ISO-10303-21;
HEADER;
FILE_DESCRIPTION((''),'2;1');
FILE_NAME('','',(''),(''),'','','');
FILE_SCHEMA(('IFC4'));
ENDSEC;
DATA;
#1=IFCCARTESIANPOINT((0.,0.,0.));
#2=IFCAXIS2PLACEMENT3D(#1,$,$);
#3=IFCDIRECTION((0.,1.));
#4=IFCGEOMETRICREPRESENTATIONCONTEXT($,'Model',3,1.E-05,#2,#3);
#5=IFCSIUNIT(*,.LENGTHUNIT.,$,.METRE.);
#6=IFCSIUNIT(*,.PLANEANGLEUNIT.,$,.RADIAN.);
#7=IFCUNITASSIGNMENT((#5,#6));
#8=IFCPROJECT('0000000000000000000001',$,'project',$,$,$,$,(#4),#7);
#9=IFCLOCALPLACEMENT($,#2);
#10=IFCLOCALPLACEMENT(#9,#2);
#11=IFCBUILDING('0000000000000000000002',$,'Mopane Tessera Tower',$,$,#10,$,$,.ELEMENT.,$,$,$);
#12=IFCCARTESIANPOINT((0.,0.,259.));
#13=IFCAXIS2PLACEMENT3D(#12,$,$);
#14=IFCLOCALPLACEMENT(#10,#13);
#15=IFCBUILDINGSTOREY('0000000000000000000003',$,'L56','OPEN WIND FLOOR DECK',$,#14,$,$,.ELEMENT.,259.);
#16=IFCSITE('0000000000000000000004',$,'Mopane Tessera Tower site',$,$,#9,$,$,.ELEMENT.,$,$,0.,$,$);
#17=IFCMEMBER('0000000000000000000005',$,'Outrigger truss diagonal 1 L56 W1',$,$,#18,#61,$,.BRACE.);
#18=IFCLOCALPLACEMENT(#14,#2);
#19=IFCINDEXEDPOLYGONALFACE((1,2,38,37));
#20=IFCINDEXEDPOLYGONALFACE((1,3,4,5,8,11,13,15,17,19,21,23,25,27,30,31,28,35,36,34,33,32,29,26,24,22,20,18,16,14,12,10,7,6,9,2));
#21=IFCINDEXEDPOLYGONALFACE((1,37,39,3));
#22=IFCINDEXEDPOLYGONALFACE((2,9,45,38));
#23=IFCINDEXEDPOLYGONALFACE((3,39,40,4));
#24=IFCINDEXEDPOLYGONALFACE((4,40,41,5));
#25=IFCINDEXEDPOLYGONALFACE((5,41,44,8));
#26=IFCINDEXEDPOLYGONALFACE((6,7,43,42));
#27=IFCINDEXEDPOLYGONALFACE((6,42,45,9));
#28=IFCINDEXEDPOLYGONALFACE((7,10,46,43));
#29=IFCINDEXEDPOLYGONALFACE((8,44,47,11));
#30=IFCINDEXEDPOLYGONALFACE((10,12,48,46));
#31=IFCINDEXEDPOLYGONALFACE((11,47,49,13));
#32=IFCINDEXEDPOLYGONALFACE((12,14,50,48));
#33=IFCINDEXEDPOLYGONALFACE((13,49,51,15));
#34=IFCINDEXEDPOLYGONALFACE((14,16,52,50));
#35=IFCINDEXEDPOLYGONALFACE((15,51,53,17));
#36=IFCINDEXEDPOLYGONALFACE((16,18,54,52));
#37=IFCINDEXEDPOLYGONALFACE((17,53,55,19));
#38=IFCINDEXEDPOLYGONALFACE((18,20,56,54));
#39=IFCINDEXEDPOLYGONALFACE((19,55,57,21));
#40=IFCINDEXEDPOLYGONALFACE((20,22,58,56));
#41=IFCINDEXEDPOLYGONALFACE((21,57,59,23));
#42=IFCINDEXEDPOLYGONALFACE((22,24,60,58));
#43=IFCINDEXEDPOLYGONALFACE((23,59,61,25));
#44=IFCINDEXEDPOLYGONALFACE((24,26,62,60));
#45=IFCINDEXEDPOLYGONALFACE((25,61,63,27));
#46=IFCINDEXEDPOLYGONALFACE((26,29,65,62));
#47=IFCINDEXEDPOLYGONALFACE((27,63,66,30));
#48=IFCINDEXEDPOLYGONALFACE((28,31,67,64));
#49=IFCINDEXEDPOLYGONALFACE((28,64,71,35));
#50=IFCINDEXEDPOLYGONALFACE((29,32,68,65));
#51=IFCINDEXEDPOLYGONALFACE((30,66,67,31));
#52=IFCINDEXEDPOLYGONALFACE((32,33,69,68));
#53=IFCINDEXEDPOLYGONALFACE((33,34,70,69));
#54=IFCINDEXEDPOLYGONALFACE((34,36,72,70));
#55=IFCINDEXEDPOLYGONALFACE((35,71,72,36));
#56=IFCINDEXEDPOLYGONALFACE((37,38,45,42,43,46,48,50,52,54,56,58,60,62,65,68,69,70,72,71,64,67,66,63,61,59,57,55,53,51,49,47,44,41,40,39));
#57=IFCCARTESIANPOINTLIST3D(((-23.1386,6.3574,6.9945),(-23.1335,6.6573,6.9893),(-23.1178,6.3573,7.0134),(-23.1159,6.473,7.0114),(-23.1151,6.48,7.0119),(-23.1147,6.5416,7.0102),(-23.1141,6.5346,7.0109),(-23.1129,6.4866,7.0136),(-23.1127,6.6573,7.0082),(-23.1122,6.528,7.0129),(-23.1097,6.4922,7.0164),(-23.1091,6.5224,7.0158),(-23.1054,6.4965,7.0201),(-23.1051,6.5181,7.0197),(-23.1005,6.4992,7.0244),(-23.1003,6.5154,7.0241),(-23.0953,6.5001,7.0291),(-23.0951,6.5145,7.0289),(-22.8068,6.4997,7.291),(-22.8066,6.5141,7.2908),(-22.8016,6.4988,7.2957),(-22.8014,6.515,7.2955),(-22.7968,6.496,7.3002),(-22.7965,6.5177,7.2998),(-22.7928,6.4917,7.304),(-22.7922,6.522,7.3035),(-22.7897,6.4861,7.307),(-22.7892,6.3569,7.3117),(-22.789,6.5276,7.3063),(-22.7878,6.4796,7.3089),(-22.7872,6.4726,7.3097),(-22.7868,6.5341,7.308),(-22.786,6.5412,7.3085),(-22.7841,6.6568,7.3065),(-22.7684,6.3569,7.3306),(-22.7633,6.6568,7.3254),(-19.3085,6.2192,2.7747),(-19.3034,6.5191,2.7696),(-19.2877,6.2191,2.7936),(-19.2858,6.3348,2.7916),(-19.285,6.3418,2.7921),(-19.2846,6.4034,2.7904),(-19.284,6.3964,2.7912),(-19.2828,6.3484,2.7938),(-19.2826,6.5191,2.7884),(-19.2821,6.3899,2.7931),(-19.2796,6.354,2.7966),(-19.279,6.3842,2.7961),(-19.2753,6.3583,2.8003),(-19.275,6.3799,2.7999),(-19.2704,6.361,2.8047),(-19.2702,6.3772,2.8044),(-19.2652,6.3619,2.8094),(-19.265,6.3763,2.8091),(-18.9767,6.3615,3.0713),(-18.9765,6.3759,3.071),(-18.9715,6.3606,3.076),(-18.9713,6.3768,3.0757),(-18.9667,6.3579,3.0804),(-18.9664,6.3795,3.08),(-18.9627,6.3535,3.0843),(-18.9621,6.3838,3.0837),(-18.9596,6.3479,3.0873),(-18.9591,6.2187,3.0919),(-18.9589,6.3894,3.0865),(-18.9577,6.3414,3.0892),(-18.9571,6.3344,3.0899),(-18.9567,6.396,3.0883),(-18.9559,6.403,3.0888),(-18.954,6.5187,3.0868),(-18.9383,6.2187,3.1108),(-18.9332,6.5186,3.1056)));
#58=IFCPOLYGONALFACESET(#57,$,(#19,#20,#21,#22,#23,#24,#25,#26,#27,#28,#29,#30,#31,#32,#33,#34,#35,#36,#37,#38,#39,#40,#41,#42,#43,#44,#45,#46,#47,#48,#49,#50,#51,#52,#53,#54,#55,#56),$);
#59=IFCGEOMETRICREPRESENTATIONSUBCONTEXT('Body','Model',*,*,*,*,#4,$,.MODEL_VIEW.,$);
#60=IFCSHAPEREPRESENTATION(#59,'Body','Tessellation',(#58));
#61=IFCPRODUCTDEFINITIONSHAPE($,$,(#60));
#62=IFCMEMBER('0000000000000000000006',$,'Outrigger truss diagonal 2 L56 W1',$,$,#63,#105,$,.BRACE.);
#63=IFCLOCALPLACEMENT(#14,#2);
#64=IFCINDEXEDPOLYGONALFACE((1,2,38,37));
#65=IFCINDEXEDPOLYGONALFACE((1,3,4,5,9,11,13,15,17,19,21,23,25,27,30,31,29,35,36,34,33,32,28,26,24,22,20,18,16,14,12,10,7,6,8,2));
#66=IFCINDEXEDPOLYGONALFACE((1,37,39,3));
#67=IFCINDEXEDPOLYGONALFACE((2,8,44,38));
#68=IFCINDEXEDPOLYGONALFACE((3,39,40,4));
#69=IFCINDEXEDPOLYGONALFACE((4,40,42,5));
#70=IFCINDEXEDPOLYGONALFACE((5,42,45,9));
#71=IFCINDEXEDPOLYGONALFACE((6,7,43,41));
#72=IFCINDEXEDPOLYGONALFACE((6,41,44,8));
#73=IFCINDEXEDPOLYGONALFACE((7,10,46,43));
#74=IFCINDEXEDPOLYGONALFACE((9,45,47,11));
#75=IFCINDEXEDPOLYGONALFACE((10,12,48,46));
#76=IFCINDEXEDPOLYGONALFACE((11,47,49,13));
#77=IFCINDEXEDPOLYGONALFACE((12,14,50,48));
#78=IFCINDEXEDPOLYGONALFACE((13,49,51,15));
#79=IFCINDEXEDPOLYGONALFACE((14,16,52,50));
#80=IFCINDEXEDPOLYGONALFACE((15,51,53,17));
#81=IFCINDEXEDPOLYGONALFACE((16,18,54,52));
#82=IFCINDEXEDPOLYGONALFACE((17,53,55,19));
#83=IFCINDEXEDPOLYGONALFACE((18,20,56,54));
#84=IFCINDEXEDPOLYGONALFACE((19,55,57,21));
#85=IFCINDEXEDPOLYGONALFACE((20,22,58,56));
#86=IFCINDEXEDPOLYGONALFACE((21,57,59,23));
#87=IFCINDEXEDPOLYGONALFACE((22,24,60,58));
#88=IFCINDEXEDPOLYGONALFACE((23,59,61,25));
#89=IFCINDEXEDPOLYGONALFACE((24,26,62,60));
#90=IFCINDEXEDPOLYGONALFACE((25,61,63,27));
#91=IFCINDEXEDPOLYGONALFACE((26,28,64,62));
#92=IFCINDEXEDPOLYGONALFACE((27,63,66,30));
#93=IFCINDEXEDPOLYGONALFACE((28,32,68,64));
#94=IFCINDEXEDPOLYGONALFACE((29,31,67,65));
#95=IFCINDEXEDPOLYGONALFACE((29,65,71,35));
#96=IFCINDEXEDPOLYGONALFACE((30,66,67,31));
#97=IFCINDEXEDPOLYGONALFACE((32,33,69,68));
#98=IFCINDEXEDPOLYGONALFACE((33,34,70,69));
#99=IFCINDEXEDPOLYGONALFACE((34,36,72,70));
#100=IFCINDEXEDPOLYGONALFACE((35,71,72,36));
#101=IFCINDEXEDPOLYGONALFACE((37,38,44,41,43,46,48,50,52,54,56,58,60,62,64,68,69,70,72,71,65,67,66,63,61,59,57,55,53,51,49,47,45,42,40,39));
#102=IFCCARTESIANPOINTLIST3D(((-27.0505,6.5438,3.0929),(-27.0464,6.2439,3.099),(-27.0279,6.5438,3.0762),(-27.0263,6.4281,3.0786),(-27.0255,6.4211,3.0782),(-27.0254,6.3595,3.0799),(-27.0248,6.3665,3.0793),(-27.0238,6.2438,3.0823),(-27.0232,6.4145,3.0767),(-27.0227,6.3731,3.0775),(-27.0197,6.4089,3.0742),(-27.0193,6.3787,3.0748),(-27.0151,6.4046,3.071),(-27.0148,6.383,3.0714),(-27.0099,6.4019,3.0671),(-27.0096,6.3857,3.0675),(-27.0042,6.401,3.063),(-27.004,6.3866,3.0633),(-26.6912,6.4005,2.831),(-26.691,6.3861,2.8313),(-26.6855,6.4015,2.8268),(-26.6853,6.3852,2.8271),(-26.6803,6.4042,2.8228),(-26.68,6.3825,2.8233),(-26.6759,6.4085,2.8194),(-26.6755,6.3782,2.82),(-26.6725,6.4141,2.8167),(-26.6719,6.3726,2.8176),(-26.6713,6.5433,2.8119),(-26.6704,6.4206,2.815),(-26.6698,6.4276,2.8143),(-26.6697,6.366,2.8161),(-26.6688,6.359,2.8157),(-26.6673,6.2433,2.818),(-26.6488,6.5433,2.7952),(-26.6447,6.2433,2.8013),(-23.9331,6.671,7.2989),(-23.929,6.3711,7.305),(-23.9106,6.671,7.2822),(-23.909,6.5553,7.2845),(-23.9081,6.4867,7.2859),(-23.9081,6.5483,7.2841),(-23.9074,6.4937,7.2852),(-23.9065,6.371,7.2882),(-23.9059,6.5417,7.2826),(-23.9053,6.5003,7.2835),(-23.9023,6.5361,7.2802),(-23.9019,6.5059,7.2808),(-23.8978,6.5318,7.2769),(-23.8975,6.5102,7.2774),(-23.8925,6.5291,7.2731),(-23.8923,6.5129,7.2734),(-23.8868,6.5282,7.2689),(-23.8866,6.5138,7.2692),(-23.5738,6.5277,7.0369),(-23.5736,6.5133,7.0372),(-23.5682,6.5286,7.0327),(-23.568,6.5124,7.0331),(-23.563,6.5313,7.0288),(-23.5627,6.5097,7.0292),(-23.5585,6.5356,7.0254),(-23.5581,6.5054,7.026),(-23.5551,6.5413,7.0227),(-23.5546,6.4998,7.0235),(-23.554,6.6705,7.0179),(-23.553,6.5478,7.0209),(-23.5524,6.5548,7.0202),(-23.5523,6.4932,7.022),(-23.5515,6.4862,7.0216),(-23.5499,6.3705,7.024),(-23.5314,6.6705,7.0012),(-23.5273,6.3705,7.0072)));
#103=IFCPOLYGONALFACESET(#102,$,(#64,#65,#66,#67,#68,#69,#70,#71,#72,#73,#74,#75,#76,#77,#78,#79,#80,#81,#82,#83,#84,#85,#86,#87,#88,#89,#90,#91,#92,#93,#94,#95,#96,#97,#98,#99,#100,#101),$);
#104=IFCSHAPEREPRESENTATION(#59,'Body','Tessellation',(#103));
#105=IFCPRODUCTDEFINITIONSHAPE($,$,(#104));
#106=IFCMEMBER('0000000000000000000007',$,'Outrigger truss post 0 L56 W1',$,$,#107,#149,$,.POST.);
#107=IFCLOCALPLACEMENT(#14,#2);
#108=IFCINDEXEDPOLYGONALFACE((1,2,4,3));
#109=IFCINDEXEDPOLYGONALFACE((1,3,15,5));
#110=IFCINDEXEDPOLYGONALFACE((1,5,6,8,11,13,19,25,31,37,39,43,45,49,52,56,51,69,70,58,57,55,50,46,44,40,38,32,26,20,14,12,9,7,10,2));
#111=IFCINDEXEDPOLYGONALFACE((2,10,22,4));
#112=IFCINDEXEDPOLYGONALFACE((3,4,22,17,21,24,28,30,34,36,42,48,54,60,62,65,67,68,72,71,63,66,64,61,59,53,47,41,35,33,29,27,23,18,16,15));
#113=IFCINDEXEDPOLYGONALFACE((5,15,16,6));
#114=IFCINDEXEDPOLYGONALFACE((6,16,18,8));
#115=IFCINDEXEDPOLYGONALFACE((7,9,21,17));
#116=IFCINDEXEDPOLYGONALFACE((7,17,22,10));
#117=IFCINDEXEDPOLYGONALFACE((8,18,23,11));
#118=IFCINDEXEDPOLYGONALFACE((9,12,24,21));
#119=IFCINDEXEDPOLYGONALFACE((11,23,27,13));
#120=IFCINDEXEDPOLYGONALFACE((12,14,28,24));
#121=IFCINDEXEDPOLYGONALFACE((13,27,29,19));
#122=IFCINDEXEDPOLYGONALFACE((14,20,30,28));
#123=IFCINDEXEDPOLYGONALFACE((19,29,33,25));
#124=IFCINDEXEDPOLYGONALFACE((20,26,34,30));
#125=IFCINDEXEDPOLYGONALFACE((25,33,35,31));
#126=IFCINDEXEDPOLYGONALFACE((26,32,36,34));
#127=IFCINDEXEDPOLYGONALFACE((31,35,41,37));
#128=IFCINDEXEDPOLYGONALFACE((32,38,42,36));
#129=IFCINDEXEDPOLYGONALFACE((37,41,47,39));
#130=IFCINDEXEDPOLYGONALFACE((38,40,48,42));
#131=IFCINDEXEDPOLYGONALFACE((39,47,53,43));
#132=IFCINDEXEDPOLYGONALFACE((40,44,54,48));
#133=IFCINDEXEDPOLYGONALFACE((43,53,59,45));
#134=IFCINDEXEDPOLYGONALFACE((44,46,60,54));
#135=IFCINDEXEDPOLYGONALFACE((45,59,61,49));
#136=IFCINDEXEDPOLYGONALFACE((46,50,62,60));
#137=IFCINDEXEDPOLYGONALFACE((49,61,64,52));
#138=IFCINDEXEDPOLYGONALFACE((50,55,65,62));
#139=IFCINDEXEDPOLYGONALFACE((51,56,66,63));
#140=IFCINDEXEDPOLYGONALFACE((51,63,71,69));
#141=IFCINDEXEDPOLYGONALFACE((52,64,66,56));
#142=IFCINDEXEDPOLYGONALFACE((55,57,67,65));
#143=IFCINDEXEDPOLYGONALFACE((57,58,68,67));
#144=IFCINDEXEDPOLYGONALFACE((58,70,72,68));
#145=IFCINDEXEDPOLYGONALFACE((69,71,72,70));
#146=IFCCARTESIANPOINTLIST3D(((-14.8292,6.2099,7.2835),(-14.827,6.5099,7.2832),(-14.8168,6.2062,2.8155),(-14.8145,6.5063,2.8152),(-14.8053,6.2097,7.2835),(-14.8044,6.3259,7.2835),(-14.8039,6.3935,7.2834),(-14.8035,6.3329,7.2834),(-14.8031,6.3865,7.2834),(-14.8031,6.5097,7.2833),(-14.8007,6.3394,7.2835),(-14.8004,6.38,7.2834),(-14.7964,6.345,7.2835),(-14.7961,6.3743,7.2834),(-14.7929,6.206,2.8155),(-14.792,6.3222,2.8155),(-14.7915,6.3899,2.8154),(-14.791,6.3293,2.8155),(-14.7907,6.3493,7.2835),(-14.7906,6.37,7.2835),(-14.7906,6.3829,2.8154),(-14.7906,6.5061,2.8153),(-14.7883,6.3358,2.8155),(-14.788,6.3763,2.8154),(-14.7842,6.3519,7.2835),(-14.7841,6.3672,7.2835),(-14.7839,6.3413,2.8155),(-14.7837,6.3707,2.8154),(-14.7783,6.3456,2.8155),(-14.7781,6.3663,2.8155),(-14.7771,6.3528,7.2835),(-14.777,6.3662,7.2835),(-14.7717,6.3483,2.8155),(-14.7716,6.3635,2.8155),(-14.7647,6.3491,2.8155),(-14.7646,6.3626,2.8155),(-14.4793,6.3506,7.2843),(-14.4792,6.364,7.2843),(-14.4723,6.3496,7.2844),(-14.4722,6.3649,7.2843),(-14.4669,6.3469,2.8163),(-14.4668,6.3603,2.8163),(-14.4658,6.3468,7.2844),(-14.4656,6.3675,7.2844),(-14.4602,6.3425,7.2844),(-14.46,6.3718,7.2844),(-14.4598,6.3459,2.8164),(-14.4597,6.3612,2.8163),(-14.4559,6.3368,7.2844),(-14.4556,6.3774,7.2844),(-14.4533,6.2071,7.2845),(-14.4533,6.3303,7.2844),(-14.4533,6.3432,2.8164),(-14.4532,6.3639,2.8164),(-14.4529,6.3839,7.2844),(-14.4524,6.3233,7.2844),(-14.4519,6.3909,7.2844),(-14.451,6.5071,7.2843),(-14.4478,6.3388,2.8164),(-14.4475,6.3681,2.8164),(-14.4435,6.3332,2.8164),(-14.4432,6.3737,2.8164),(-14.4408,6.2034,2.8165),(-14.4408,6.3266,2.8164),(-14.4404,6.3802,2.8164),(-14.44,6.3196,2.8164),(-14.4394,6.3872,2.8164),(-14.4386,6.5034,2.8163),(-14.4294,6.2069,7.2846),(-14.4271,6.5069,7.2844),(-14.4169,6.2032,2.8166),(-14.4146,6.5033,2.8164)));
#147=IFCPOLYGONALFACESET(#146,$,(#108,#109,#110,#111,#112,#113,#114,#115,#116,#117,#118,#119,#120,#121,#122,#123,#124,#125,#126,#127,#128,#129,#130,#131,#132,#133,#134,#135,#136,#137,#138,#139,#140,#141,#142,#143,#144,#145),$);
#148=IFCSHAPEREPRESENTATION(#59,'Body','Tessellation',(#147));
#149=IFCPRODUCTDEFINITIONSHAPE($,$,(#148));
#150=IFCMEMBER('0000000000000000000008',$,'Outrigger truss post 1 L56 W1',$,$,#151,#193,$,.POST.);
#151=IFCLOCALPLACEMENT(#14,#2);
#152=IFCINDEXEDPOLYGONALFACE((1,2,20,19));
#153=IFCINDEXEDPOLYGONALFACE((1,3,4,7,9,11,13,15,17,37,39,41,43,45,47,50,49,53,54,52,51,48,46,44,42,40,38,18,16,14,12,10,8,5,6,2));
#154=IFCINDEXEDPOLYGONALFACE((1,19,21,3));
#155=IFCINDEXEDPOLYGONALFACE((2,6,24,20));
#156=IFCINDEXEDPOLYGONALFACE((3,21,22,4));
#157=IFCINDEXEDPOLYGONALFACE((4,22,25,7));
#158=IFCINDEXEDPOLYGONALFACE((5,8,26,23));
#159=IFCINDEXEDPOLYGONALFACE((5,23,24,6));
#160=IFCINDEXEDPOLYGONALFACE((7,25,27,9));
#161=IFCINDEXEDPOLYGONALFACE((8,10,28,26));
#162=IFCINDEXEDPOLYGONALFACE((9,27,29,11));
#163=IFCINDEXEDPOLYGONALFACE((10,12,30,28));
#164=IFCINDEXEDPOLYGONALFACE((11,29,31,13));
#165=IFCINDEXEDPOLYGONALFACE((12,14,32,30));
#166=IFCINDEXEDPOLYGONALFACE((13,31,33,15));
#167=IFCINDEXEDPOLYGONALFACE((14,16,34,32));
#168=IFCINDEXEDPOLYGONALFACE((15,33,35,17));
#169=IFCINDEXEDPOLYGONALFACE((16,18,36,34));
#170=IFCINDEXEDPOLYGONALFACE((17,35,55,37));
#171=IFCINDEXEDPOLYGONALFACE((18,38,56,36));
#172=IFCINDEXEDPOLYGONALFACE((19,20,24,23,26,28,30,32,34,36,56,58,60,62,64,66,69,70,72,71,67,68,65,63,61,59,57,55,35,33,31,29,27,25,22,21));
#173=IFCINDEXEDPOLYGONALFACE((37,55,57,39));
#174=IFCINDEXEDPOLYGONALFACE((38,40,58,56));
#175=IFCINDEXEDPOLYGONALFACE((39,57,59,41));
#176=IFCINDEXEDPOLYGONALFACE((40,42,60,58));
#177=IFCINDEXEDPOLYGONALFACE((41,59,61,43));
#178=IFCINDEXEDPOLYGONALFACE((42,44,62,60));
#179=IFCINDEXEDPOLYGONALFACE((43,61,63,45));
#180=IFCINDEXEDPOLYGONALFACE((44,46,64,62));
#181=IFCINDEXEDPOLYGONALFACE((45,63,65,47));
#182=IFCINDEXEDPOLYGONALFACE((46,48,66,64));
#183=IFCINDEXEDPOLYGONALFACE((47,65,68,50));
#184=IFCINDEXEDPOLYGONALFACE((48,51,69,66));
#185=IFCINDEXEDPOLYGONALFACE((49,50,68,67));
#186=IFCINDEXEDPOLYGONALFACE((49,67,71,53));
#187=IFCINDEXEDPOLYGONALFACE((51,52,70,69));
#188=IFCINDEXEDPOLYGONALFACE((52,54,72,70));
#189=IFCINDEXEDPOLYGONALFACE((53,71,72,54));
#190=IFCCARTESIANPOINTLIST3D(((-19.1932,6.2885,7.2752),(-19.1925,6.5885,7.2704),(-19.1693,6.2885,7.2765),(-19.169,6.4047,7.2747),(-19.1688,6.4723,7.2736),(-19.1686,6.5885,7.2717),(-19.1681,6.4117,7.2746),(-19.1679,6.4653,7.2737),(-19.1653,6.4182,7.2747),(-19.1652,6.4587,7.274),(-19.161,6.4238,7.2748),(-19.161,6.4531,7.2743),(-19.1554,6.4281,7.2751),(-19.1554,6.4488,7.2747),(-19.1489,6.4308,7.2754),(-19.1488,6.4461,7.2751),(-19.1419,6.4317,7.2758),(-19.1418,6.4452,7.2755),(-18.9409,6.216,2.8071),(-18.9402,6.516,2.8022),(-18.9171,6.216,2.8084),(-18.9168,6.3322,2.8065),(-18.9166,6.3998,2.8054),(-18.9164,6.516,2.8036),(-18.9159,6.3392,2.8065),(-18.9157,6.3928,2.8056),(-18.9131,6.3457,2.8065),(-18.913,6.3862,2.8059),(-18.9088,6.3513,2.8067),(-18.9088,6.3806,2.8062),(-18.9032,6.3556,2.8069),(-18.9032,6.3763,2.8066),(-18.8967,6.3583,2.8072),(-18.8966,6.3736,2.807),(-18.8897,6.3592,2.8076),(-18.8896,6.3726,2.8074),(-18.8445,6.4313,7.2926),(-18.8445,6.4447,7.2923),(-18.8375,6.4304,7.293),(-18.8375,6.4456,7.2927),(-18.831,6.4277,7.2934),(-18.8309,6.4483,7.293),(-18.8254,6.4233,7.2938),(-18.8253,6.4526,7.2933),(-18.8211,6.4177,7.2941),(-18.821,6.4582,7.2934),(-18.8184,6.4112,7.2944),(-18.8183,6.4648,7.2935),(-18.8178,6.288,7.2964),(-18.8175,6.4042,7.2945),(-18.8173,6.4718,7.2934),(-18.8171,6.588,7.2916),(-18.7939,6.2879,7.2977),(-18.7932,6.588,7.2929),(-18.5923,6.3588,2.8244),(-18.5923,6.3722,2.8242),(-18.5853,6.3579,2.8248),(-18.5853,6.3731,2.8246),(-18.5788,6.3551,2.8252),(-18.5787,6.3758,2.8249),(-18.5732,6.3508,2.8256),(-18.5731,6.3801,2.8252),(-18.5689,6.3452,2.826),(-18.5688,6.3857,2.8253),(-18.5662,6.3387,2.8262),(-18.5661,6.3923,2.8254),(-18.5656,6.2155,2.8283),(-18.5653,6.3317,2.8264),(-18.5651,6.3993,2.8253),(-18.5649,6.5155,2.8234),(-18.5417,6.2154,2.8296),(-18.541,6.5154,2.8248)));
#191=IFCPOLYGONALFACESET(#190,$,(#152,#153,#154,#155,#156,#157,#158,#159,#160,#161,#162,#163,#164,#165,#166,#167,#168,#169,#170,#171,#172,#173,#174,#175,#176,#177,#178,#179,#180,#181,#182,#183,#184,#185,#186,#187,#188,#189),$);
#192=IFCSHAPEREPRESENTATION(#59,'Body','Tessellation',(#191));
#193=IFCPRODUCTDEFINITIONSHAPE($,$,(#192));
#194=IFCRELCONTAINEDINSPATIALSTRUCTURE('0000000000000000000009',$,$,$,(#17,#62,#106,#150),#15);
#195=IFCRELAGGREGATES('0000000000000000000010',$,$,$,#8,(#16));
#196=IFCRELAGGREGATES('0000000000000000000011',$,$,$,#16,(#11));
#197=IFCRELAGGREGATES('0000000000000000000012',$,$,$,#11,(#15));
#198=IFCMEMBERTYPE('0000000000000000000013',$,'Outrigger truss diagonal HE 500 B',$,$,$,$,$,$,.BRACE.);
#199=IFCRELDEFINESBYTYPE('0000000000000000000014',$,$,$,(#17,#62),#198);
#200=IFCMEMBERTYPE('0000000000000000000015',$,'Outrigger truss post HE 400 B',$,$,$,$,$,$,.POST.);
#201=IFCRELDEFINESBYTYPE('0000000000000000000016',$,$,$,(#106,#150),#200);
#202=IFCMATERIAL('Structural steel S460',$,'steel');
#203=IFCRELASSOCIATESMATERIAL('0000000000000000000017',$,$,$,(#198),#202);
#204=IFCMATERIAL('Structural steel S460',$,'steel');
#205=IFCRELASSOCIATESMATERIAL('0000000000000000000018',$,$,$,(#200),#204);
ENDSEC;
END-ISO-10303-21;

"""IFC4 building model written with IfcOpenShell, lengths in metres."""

from ifc_helpers import new_model, si_unit, direction, frame, origin, origin_2d, place, context, subcontext, project, spatial, i_section, extrude, material, material_profile, profile_set, type_object, element, save


model = new_model("IFC4")

# Units and contexts
model_context = context("Model", 3, precision=1e-05, world=origin(), true_north=direction((0.0, 1.0)))
body_context = subcontext(model_context, "Body", "Model", "MODEL_VIEW")
ifc_project = project(units=[si_unit("LENGTHUNIT", "METRE"), si_unit("PLANEANGLEUNIT", "RADIAN")], contexts=[model_context])

# Site, building, storey
site_placement = place(None, origin())
site = spatial("IfcSite", under=ifc_project, at=site_placement, Name="Mopane Tessera Tower site", CompositionType="ELEMENT", RefElevation=0.0)
building_placement = place(site_placement, origin())
building = spatial("IfcBuilding", under=site, at=building_placement, Name="Mopane Tessera Tower", CompositionType="ELEMENT")
storey_placement = place(building_placement, frame((0.0, 0.0, 259.0)))
storey = spatial("IfcBuildingStorey", under=building, at=storey_placement, Name="L56", Description="OPEN WIND FLOOR DECK", CompositionType="ELEMENT", Elevation=259.0)

# Members
ifc_material_1 = material(Name="Structural steel S460", Category="steel")
ifc_material_profile_1 = material_profile(ifc_material_1, i_section(OverallWidth=0.3, OverallDepth=0.5, WebThickness=0.0144, FlangeThickness=0.0281, FilletRadius=0.0271, at=origin_2d()))
ifc_profile_set_1 = profile_set([ifc_material_profile_1], Name="Structural steel S460")
member_type_1 = type_object("IfcMemberType", Name="Outrigger truss diagonal HE 500 B", PredefinedType="BRACE", material=ifc_profile_set_1)
member_1_placement = place(storey_placement, frame((-19.1208, 6.3689, 2.9402), z_axis=(-0.671895, 0.024241, 0.74025), x_axis=(-0.017034, -0.999706, 0.017277)))
element("IfcMember", 1, at=member_1_placement, inside=storey, type_object=member_type_1, Name="Outrigger truss diagonal 1 L56 W1", PredefinedType="BRACE", context=body_context, shape_type="SweptSolid", body=[
    extrude(i_section(OverallWidth=0.3, OverallDepth=0.5, WebThickness=0.0144, FlangeThickness=0.0281, FilletRadius=0.0271, at=origin_2d()), origin(), (0.0, 0.0, 1.0), 5.7004),
])
member_2_placement = place(storey_placement, frame((-23.7302, 6.5208, 7.1531), z_axis=(-0.595278, -0.024289, -0.803152), x_axis=(0.013562, -0.999704, 0.020181)))
element("IfcMember", 2, at=member_2_placement, inside=storey, type_object=member_type_1, Name="Outrigger truss diagonal 2 L56 W1", PredefinedType="BRACE", context=body_context, shape_type="SweptSolid", body=[
    extrude(i_section(OverallWidth=0.3, OverallDepth=0.5, WebThickness=0.0144, FlangeThickness=0.0281, FilletRadius=0.0271, at=origin_2d()), origin(), (0.0, 0.0, 1.0), 5.2368),
])
ifc_material_2 = material(Name="Structural steel S460", Category="steel")
ifc_material_profile_2 = material_profile(ifc_material_2, i_section(OverallWidth=0.3, OverallDepth=0.3999, WebThickness=0.0134, FlangeThickness=0.0239, FilletRadius=0.0271, at=origin_2d()))
ifc_profile_set_2 = profile_set([ifc_material_profile_2], Name="Structural steel S460")
member_type_2 = type_object("IfcMemberType", Name="Outrigger truss post HE 400 B", PredefinedType="POST", material=ifc_profile_set_2)
member_3_placement = place(storey_placement, frame((-14.6157, 6.3547, 2.8159), z_axis=(-0.002787, 0.00082, 0.999996), x_axis=(-0.007519, -0.999971, 0.000799)))
element("IfcMember", 3, at=member_3_placement, inside=storey, type_object=member_type_2, Name="Outrigger truss post 0 L56 W1", PredefinedType="POST", context=body_context, shape_type="SweptSolid", body=[
    extrude(i_section(OverallWidth=0.3, OverallDepth=0.3999, WebThickness=0.0134, FlangeThickness=0.0239, FilletRadius=0.0271, at=origin_2d()), origin(), (0.0, 0.0, 1.0), 4.468),
])
member_4_placement = place(storey_placement, frame((-18.741, 6.3657, 2.8159), z_axis=(-0.056348, 0.016201, 0.99828), x_axis=(-0.002334, -0.999868, 0.016095)))
element("IfcMember", 4, at=member_4_placement, inside=storey, type_object=member_type_2, Name="Outrigger truss post 1 L56 W1", PredefinedType="POST", context=body_context, shape_type="SweptSolid", body=[
    extrude(i_section(OverallWidth=0.3, OverallDepth=0.3999, WebThickness=0.0134, FlangeThickness=0.0239, FilletRadius=0.0271, at=origin_2d()), origin(), (0.0, 0.0, 1.0), 4.4758),
])

save(model, "model.ifc")
